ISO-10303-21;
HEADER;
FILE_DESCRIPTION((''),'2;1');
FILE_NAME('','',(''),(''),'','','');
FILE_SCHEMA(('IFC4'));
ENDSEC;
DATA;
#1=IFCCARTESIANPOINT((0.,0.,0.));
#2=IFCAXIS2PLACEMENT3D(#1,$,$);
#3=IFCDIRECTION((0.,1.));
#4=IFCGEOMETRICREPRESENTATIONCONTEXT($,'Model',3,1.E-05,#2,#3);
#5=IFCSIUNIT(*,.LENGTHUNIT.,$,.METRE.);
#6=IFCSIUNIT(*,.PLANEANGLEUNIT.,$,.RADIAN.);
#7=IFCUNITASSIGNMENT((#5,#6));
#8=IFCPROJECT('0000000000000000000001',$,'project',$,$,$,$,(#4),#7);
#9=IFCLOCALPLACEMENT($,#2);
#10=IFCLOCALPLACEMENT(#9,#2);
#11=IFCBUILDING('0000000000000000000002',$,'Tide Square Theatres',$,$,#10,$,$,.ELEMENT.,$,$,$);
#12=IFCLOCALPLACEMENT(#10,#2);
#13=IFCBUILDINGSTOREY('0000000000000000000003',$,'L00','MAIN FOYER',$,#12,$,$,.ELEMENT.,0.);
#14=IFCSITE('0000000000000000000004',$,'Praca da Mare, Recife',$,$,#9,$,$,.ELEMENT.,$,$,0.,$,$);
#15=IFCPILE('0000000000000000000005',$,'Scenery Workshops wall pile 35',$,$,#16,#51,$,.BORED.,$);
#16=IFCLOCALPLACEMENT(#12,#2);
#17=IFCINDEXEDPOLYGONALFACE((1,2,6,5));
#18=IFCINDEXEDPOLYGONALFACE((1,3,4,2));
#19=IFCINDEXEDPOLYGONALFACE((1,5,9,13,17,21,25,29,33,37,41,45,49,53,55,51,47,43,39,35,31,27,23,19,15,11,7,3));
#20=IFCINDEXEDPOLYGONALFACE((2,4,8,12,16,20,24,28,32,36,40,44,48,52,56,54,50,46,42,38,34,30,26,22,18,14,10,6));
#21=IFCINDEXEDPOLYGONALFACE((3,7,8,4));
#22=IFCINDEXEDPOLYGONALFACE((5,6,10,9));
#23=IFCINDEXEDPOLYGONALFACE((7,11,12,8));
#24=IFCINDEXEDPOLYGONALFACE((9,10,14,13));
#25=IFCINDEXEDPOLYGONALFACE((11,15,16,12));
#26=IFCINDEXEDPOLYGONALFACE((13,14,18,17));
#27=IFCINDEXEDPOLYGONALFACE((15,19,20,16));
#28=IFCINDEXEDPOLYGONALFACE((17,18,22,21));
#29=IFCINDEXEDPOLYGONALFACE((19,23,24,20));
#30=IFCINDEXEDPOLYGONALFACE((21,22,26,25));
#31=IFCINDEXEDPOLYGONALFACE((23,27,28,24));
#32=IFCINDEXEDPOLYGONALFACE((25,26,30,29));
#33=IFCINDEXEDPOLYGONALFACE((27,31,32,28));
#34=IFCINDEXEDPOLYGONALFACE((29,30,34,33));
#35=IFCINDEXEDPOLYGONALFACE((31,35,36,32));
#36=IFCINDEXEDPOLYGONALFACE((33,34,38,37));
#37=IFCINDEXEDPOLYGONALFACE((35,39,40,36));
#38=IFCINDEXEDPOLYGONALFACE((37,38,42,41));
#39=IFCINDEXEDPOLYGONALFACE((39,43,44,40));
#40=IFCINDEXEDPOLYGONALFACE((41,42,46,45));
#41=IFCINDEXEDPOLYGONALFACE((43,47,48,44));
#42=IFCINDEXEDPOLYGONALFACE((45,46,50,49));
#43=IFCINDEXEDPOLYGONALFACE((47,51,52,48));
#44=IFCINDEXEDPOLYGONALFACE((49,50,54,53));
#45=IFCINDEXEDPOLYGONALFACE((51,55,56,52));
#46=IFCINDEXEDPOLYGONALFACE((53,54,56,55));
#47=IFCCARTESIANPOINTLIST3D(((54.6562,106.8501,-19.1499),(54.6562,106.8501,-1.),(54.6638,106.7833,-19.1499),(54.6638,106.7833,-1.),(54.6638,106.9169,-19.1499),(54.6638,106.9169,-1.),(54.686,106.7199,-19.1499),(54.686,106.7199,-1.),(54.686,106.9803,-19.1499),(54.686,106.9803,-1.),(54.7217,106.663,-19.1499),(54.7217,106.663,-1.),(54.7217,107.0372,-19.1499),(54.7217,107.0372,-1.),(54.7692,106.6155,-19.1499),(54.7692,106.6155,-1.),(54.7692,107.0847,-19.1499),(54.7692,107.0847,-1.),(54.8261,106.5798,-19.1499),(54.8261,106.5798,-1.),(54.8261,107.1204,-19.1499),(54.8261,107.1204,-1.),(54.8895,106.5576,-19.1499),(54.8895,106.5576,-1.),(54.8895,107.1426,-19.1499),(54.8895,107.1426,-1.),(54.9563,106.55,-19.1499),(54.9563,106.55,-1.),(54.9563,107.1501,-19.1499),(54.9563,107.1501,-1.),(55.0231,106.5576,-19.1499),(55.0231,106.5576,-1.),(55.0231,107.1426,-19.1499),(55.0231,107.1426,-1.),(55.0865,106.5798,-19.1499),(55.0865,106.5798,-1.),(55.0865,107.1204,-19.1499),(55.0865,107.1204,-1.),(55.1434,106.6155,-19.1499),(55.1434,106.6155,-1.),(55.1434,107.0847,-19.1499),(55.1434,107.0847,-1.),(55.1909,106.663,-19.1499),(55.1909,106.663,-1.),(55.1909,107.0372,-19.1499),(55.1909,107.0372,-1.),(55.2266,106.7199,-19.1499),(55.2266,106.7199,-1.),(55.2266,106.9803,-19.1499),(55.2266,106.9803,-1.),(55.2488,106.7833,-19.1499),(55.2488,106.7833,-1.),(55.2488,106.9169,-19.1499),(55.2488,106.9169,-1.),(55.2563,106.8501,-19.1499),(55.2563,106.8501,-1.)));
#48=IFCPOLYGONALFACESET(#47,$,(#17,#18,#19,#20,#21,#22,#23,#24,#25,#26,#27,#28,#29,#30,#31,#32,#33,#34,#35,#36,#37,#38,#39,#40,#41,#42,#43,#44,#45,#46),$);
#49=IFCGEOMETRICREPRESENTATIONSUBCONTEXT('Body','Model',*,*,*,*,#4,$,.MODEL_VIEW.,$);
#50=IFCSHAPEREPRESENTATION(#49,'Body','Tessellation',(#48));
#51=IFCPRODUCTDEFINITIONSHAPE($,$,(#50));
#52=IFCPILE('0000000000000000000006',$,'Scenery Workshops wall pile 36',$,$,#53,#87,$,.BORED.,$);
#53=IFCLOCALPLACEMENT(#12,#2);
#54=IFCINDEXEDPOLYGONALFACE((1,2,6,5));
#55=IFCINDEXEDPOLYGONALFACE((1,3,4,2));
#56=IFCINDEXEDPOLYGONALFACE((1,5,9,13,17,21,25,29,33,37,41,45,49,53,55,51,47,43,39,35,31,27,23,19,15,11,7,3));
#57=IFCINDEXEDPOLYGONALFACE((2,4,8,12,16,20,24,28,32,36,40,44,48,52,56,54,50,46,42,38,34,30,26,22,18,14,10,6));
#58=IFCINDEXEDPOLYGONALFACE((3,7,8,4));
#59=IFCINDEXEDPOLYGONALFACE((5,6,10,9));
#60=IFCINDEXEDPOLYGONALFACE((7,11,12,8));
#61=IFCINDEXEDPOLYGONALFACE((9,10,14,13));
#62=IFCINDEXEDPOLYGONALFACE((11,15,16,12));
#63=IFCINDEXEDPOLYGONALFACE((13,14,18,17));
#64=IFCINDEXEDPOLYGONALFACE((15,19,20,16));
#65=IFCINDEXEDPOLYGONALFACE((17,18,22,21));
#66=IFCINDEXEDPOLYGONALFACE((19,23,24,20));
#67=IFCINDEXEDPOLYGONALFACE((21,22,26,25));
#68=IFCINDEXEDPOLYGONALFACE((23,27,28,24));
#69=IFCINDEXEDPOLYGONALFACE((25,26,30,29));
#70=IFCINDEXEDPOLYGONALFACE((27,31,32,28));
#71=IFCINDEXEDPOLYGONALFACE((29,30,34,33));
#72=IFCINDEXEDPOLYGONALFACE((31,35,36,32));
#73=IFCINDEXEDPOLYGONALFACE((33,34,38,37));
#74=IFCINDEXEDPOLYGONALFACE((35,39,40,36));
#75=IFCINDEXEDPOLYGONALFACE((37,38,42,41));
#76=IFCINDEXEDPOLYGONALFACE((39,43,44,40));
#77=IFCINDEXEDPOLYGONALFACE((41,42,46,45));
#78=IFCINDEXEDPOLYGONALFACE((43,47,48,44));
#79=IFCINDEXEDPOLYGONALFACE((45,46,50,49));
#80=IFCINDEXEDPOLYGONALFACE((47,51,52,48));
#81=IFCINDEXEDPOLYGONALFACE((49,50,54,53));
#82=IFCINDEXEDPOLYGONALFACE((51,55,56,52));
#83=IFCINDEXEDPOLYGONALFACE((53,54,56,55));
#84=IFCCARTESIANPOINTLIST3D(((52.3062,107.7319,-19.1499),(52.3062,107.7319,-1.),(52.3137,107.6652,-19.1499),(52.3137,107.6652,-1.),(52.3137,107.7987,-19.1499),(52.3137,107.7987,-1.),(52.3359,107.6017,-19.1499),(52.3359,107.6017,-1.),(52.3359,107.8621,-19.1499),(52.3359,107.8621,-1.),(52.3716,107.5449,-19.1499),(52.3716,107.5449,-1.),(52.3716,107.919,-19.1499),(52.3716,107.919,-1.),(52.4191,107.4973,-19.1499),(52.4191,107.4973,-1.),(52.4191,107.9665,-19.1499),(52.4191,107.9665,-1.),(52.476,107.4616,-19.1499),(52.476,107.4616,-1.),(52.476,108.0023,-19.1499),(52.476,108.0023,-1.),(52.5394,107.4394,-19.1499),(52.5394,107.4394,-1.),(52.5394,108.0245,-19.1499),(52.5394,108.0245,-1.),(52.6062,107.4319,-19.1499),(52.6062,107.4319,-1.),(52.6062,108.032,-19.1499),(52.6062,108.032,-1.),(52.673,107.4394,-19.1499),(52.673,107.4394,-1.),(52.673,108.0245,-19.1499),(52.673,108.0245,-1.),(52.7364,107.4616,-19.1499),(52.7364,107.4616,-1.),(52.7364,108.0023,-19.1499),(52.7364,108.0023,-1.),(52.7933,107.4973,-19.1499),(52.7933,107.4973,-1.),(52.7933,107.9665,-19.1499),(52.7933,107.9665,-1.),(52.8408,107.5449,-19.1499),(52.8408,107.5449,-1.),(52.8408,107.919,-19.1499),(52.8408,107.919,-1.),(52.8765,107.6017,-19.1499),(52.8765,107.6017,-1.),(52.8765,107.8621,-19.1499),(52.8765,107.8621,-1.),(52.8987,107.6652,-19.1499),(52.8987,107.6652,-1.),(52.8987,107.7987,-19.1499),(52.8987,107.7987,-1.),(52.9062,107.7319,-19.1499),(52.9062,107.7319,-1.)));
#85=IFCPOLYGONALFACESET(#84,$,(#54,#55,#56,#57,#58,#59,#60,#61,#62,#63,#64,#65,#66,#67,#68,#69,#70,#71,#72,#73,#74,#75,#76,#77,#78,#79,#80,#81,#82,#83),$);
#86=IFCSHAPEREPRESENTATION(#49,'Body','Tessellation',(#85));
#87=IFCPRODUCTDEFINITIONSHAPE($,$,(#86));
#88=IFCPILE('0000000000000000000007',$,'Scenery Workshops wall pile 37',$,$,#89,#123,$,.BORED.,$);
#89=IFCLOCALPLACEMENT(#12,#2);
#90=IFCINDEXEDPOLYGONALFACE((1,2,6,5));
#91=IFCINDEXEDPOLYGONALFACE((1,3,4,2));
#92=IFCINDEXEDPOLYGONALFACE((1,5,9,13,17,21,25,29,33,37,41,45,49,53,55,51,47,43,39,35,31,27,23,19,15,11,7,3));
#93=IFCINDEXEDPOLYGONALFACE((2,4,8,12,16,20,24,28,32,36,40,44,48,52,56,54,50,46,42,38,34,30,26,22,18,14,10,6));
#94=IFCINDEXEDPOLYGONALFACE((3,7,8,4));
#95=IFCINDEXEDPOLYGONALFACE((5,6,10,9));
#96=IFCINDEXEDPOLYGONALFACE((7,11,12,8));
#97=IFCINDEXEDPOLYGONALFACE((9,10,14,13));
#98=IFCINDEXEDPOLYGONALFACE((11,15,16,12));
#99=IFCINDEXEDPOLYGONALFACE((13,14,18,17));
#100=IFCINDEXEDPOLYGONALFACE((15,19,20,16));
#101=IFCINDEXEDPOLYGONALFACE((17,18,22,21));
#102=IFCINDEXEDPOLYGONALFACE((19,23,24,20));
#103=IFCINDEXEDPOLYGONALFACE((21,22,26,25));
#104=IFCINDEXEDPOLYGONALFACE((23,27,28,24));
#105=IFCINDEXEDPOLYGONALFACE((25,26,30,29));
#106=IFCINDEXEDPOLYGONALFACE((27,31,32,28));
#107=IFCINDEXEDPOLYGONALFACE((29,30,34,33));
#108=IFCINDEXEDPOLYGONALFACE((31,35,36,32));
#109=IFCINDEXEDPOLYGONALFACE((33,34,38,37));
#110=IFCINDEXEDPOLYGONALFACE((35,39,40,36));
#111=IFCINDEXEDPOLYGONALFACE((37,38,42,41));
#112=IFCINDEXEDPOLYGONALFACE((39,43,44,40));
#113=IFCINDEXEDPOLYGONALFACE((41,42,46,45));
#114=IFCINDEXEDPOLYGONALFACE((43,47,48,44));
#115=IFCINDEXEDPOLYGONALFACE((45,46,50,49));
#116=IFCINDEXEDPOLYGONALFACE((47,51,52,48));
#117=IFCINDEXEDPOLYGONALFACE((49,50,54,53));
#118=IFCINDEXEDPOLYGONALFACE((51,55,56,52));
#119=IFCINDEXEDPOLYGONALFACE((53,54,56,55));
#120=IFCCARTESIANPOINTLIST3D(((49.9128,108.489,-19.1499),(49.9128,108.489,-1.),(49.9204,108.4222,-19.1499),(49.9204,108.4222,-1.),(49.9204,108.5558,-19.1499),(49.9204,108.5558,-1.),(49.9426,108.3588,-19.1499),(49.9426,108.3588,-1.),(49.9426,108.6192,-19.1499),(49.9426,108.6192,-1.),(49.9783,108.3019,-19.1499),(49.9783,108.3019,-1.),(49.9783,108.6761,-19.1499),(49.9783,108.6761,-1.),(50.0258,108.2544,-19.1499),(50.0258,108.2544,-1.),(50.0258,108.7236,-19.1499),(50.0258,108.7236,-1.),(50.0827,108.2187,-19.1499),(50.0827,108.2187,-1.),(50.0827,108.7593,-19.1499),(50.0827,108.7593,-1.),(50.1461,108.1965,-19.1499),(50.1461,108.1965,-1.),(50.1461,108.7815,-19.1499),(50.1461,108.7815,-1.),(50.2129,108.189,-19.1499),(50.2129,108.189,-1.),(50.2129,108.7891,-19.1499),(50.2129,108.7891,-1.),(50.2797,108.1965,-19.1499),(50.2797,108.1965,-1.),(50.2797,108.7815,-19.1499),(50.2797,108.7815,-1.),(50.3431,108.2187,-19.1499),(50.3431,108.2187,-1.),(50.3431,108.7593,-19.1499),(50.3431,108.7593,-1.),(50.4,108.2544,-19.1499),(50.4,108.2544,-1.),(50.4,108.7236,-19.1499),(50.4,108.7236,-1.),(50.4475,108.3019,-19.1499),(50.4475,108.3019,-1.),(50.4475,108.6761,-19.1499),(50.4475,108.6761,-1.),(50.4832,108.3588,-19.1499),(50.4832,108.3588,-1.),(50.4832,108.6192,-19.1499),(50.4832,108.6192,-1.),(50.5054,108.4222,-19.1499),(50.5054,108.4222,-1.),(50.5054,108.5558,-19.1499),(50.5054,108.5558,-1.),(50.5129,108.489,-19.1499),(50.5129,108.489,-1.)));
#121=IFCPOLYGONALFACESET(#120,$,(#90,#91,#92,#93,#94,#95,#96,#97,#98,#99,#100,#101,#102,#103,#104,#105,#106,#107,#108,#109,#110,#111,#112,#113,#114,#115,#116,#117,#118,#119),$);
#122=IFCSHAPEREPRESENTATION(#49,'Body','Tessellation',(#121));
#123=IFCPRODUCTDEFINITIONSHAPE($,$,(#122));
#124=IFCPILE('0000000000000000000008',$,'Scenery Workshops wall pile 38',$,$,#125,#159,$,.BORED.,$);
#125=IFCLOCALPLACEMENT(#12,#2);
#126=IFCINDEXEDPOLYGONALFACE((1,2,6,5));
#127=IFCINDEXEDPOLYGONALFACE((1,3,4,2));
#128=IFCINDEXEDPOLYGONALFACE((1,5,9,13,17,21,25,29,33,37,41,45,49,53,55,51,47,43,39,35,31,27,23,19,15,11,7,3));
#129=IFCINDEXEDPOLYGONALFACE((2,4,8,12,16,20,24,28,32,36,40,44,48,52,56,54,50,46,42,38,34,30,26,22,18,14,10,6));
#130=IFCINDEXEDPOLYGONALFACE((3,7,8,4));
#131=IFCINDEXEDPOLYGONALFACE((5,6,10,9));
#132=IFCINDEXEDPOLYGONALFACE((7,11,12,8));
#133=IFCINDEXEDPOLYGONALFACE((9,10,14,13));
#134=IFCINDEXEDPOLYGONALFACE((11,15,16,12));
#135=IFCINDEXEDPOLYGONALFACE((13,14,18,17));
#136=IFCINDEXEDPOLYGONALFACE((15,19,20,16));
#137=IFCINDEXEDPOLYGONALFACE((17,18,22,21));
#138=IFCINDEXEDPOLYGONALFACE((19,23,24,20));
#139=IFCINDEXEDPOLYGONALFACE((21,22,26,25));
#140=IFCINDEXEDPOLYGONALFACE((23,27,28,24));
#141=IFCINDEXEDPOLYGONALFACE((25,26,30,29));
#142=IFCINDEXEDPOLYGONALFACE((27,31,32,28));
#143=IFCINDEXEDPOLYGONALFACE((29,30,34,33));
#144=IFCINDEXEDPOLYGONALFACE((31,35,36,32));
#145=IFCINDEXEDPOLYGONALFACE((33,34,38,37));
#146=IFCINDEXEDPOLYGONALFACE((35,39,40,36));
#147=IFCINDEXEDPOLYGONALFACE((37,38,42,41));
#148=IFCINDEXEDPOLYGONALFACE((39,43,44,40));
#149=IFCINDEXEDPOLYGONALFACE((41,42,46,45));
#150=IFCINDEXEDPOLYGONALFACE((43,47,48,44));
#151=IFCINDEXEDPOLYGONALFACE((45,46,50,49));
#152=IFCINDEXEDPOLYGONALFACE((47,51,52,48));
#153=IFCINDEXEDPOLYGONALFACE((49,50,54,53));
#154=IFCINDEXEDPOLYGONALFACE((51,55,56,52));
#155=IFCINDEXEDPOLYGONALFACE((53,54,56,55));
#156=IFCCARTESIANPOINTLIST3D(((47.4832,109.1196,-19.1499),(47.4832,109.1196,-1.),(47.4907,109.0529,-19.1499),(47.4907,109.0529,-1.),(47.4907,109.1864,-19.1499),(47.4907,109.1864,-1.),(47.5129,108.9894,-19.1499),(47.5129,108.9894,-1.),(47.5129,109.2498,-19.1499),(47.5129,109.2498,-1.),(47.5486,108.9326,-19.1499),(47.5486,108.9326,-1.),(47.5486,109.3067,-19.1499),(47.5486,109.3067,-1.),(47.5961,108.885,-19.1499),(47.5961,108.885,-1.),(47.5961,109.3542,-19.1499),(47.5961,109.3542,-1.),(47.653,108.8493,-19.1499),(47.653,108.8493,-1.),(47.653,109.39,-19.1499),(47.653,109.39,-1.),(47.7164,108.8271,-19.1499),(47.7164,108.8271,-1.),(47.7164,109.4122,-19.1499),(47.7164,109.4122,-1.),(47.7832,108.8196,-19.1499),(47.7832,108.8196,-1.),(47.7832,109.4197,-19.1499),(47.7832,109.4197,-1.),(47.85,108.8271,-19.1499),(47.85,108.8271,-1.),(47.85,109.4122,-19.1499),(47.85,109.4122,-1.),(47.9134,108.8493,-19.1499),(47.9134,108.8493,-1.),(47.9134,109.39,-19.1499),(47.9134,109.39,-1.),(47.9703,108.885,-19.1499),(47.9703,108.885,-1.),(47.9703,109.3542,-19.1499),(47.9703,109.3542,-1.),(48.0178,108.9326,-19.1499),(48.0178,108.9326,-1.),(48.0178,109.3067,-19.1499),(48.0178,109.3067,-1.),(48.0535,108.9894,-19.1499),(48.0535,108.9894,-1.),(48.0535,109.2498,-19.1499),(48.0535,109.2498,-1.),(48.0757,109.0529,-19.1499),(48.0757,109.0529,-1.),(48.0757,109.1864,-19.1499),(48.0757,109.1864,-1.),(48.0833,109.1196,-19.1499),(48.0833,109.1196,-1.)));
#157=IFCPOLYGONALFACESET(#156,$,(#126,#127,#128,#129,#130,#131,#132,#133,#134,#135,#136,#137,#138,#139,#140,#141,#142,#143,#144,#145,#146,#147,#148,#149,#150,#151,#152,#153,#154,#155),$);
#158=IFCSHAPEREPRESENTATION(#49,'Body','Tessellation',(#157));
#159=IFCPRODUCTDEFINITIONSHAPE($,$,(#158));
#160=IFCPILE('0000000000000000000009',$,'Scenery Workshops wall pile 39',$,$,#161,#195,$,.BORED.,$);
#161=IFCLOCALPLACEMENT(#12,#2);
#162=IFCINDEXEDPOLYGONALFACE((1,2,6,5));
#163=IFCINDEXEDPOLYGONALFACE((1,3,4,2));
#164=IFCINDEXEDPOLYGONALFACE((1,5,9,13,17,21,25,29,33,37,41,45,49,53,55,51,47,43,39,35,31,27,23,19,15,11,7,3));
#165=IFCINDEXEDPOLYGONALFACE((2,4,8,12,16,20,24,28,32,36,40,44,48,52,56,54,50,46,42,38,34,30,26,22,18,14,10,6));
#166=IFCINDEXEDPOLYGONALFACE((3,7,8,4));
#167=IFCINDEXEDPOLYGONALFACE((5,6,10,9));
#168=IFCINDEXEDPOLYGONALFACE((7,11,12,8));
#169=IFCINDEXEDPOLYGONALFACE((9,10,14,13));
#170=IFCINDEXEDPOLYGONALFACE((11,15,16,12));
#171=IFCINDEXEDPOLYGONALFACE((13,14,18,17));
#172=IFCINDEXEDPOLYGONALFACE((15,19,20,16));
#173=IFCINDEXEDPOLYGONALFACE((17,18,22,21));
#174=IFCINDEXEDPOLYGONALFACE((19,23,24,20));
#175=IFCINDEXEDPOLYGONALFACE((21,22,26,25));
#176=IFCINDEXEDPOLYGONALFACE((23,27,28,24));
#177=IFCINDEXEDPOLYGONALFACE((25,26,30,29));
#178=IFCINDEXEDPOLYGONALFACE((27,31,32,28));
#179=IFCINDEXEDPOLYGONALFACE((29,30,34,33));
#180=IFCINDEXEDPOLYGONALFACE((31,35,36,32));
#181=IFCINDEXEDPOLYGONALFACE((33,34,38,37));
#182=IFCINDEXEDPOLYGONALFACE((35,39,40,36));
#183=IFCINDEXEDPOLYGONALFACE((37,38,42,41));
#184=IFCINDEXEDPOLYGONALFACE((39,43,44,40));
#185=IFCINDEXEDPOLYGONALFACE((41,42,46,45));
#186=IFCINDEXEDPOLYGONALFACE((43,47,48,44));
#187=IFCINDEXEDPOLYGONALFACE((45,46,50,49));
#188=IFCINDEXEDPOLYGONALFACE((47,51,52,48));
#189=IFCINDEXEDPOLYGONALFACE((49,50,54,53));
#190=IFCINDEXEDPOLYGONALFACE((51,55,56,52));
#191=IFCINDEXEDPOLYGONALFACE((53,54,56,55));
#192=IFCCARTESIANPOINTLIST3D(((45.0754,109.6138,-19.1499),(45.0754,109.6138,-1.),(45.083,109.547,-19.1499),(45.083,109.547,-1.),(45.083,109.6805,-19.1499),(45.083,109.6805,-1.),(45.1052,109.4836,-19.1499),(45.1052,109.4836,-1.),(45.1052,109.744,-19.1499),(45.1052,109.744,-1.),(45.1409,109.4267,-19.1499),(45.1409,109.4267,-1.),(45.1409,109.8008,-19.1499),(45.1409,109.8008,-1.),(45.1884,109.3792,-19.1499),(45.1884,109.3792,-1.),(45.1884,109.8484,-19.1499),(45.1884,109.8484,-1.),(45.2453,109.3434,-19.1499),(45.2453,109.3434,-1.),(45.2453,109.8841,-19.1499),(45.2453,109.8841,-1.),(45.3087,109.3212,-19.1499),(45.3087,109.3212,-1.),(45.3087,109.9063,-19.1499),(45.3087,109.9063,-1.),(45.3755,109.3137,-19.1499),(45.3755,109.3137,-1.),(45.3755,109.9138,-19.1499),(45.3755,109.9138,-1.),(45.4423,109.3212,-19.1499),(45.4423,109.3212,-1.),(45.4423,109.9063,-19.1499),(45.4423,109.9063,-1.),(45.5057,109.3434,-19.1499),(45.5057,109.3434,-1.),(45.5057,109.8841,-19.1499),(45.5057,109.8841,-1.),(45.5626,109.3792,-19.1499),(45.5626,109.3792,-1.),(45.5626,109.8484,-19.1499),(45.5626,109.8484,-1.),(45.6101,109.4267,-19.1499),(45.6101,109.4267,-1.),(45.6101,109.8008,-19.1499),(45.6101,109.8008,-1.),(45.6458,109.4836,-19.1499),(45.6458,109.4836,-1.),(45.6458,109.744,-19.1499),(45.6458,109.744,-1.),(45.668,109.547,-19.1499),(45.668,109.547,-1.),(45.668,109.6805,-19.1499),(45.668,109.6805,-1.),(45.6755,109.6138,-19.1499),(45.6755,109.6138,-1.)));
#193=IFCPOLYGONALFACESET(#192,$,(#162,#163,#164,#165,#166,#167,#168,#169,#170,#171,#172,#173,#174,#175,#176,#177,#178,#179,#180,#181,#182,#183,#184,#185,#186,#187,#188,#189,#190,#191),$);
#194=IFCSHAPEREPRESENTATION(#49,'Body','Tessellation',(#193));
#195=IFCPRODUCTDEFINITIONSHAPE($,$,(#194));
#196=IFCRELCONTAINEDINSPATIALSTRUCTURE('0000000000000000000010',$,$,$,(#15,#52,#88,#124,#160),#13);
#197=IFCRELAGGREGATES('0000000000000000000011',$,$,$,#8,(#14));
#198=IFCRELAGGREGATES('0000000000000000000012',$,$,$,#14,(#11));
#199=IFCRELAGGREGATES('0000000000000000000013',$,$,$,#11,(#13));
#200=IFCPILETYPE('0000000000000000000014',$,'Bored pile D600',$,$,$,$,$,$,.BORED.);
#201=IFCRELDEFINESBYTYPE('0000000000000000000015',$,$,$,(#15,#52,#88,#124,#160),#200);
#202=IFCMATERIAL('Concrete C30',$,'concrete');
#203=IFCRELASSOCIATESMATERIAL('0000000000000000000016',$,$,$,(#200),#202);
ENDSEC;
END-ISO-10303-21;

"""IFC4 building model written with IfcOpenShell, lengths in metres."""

from ifc_helpers import new_model, si_unit, direction, frame, origin, origin_2d, place, context, subcontext, project, spatial, circle, extrude, material, material_profile, profile_set, type_object, element, save


model = new_model("IFC4")

# Units and contexts
model_context = context("Model", 3, precision=1e-05, world=origin(), true_north=direction((0.0, 1.0)))
body_context = subcontext(model_context, "Body", "Model", "MODEL_VIEW")
ifc_project = project(units=[si_unit("LENGTHUNIT", "METRE"), si_unit("PLANEANGLEUNIT", "RADIAN")], contexts=[model_context])

# Site, building, storey
site_placement = place(None, origin())
site = spatial("IfcSite", under=ifc_project, at=site_placement, Name="Praca da Mare, Recife", CompositionType="ELEMENT", RefElevation=0.0)
building_placement = place(site_placement, origin())
building = spatial("IfcBuilding", under=site, at=building_placement, Name="Tide Square Theatres", CompositionType="ELEMENT")
storey_placement = place(building_placement, origin())
storey = spatial("IfcBuildingStorey", under=building, at=storey_placement, Name="L00", Description="MAIN FOYER", CompositionType="ELEMENT", Elevation=0.0)

# Piles
ifc_material_1 = material(Name="Concrete C30", Category="concrete")
ifc_material_profile_1 = material_profile(ifc_material_1, circle(Radius=0.3, at=origin_2d()))
ifc_profile_set_1 = profile_set([ifc_material_profile_1], Name="Concrete C30")
pile_type = type_object("IfcPileType", Name="Bored pile D600", PredefinedType="BORED", material=ifc_profile_set_1)
for number, where, z_axis, x_axis, name in (
    (1, (54.9563, 106.8501, -1.0), (0.0, 0.0, -1.0), (1.0, 0.0, 0.0), "Scenery Workshops wall pile 35"),
    (2, (52.6062, 107.7319, -1.0), (0.0, 0.0, -1.0), (1.0, 0.0, 0.0), "Scenery Workshops wall pile 36"),
    (3, (50.2129, 108.489, -1.0), (0.0, 0.0, -1.0), (1.0, 0.0, 0.0), "Scenery Workshops wall pile 37"),
    (4, (47.7832, 109.1196, -1.0), (0.0, 0.0, -1.0), (1.0, 0.0, 0.0), "Scenery Workshops wall pile 38"),
    (5, (45.3755, 109.6138, -1.0), (0.0, 0.0, -1.0), (1.0, 0.0, 0.0), "Scenery Workshops wall pile 39"),
):
    element("IfcPile", number, at=place(storey_placement, frame(where, z_axis=z_axis, x_axis=x_axis)), inside=storey, type_object=pile_type, Name=name, PredefinedType="BORED", context=body_context, shape_type="SweptSolid", body=[
        extrude(circle(Radius=0.3, at=origin_2d()), origin(), (0.0, 0.0, 1.0), 18.1499),
    ])

save(model, "model.ifc")
